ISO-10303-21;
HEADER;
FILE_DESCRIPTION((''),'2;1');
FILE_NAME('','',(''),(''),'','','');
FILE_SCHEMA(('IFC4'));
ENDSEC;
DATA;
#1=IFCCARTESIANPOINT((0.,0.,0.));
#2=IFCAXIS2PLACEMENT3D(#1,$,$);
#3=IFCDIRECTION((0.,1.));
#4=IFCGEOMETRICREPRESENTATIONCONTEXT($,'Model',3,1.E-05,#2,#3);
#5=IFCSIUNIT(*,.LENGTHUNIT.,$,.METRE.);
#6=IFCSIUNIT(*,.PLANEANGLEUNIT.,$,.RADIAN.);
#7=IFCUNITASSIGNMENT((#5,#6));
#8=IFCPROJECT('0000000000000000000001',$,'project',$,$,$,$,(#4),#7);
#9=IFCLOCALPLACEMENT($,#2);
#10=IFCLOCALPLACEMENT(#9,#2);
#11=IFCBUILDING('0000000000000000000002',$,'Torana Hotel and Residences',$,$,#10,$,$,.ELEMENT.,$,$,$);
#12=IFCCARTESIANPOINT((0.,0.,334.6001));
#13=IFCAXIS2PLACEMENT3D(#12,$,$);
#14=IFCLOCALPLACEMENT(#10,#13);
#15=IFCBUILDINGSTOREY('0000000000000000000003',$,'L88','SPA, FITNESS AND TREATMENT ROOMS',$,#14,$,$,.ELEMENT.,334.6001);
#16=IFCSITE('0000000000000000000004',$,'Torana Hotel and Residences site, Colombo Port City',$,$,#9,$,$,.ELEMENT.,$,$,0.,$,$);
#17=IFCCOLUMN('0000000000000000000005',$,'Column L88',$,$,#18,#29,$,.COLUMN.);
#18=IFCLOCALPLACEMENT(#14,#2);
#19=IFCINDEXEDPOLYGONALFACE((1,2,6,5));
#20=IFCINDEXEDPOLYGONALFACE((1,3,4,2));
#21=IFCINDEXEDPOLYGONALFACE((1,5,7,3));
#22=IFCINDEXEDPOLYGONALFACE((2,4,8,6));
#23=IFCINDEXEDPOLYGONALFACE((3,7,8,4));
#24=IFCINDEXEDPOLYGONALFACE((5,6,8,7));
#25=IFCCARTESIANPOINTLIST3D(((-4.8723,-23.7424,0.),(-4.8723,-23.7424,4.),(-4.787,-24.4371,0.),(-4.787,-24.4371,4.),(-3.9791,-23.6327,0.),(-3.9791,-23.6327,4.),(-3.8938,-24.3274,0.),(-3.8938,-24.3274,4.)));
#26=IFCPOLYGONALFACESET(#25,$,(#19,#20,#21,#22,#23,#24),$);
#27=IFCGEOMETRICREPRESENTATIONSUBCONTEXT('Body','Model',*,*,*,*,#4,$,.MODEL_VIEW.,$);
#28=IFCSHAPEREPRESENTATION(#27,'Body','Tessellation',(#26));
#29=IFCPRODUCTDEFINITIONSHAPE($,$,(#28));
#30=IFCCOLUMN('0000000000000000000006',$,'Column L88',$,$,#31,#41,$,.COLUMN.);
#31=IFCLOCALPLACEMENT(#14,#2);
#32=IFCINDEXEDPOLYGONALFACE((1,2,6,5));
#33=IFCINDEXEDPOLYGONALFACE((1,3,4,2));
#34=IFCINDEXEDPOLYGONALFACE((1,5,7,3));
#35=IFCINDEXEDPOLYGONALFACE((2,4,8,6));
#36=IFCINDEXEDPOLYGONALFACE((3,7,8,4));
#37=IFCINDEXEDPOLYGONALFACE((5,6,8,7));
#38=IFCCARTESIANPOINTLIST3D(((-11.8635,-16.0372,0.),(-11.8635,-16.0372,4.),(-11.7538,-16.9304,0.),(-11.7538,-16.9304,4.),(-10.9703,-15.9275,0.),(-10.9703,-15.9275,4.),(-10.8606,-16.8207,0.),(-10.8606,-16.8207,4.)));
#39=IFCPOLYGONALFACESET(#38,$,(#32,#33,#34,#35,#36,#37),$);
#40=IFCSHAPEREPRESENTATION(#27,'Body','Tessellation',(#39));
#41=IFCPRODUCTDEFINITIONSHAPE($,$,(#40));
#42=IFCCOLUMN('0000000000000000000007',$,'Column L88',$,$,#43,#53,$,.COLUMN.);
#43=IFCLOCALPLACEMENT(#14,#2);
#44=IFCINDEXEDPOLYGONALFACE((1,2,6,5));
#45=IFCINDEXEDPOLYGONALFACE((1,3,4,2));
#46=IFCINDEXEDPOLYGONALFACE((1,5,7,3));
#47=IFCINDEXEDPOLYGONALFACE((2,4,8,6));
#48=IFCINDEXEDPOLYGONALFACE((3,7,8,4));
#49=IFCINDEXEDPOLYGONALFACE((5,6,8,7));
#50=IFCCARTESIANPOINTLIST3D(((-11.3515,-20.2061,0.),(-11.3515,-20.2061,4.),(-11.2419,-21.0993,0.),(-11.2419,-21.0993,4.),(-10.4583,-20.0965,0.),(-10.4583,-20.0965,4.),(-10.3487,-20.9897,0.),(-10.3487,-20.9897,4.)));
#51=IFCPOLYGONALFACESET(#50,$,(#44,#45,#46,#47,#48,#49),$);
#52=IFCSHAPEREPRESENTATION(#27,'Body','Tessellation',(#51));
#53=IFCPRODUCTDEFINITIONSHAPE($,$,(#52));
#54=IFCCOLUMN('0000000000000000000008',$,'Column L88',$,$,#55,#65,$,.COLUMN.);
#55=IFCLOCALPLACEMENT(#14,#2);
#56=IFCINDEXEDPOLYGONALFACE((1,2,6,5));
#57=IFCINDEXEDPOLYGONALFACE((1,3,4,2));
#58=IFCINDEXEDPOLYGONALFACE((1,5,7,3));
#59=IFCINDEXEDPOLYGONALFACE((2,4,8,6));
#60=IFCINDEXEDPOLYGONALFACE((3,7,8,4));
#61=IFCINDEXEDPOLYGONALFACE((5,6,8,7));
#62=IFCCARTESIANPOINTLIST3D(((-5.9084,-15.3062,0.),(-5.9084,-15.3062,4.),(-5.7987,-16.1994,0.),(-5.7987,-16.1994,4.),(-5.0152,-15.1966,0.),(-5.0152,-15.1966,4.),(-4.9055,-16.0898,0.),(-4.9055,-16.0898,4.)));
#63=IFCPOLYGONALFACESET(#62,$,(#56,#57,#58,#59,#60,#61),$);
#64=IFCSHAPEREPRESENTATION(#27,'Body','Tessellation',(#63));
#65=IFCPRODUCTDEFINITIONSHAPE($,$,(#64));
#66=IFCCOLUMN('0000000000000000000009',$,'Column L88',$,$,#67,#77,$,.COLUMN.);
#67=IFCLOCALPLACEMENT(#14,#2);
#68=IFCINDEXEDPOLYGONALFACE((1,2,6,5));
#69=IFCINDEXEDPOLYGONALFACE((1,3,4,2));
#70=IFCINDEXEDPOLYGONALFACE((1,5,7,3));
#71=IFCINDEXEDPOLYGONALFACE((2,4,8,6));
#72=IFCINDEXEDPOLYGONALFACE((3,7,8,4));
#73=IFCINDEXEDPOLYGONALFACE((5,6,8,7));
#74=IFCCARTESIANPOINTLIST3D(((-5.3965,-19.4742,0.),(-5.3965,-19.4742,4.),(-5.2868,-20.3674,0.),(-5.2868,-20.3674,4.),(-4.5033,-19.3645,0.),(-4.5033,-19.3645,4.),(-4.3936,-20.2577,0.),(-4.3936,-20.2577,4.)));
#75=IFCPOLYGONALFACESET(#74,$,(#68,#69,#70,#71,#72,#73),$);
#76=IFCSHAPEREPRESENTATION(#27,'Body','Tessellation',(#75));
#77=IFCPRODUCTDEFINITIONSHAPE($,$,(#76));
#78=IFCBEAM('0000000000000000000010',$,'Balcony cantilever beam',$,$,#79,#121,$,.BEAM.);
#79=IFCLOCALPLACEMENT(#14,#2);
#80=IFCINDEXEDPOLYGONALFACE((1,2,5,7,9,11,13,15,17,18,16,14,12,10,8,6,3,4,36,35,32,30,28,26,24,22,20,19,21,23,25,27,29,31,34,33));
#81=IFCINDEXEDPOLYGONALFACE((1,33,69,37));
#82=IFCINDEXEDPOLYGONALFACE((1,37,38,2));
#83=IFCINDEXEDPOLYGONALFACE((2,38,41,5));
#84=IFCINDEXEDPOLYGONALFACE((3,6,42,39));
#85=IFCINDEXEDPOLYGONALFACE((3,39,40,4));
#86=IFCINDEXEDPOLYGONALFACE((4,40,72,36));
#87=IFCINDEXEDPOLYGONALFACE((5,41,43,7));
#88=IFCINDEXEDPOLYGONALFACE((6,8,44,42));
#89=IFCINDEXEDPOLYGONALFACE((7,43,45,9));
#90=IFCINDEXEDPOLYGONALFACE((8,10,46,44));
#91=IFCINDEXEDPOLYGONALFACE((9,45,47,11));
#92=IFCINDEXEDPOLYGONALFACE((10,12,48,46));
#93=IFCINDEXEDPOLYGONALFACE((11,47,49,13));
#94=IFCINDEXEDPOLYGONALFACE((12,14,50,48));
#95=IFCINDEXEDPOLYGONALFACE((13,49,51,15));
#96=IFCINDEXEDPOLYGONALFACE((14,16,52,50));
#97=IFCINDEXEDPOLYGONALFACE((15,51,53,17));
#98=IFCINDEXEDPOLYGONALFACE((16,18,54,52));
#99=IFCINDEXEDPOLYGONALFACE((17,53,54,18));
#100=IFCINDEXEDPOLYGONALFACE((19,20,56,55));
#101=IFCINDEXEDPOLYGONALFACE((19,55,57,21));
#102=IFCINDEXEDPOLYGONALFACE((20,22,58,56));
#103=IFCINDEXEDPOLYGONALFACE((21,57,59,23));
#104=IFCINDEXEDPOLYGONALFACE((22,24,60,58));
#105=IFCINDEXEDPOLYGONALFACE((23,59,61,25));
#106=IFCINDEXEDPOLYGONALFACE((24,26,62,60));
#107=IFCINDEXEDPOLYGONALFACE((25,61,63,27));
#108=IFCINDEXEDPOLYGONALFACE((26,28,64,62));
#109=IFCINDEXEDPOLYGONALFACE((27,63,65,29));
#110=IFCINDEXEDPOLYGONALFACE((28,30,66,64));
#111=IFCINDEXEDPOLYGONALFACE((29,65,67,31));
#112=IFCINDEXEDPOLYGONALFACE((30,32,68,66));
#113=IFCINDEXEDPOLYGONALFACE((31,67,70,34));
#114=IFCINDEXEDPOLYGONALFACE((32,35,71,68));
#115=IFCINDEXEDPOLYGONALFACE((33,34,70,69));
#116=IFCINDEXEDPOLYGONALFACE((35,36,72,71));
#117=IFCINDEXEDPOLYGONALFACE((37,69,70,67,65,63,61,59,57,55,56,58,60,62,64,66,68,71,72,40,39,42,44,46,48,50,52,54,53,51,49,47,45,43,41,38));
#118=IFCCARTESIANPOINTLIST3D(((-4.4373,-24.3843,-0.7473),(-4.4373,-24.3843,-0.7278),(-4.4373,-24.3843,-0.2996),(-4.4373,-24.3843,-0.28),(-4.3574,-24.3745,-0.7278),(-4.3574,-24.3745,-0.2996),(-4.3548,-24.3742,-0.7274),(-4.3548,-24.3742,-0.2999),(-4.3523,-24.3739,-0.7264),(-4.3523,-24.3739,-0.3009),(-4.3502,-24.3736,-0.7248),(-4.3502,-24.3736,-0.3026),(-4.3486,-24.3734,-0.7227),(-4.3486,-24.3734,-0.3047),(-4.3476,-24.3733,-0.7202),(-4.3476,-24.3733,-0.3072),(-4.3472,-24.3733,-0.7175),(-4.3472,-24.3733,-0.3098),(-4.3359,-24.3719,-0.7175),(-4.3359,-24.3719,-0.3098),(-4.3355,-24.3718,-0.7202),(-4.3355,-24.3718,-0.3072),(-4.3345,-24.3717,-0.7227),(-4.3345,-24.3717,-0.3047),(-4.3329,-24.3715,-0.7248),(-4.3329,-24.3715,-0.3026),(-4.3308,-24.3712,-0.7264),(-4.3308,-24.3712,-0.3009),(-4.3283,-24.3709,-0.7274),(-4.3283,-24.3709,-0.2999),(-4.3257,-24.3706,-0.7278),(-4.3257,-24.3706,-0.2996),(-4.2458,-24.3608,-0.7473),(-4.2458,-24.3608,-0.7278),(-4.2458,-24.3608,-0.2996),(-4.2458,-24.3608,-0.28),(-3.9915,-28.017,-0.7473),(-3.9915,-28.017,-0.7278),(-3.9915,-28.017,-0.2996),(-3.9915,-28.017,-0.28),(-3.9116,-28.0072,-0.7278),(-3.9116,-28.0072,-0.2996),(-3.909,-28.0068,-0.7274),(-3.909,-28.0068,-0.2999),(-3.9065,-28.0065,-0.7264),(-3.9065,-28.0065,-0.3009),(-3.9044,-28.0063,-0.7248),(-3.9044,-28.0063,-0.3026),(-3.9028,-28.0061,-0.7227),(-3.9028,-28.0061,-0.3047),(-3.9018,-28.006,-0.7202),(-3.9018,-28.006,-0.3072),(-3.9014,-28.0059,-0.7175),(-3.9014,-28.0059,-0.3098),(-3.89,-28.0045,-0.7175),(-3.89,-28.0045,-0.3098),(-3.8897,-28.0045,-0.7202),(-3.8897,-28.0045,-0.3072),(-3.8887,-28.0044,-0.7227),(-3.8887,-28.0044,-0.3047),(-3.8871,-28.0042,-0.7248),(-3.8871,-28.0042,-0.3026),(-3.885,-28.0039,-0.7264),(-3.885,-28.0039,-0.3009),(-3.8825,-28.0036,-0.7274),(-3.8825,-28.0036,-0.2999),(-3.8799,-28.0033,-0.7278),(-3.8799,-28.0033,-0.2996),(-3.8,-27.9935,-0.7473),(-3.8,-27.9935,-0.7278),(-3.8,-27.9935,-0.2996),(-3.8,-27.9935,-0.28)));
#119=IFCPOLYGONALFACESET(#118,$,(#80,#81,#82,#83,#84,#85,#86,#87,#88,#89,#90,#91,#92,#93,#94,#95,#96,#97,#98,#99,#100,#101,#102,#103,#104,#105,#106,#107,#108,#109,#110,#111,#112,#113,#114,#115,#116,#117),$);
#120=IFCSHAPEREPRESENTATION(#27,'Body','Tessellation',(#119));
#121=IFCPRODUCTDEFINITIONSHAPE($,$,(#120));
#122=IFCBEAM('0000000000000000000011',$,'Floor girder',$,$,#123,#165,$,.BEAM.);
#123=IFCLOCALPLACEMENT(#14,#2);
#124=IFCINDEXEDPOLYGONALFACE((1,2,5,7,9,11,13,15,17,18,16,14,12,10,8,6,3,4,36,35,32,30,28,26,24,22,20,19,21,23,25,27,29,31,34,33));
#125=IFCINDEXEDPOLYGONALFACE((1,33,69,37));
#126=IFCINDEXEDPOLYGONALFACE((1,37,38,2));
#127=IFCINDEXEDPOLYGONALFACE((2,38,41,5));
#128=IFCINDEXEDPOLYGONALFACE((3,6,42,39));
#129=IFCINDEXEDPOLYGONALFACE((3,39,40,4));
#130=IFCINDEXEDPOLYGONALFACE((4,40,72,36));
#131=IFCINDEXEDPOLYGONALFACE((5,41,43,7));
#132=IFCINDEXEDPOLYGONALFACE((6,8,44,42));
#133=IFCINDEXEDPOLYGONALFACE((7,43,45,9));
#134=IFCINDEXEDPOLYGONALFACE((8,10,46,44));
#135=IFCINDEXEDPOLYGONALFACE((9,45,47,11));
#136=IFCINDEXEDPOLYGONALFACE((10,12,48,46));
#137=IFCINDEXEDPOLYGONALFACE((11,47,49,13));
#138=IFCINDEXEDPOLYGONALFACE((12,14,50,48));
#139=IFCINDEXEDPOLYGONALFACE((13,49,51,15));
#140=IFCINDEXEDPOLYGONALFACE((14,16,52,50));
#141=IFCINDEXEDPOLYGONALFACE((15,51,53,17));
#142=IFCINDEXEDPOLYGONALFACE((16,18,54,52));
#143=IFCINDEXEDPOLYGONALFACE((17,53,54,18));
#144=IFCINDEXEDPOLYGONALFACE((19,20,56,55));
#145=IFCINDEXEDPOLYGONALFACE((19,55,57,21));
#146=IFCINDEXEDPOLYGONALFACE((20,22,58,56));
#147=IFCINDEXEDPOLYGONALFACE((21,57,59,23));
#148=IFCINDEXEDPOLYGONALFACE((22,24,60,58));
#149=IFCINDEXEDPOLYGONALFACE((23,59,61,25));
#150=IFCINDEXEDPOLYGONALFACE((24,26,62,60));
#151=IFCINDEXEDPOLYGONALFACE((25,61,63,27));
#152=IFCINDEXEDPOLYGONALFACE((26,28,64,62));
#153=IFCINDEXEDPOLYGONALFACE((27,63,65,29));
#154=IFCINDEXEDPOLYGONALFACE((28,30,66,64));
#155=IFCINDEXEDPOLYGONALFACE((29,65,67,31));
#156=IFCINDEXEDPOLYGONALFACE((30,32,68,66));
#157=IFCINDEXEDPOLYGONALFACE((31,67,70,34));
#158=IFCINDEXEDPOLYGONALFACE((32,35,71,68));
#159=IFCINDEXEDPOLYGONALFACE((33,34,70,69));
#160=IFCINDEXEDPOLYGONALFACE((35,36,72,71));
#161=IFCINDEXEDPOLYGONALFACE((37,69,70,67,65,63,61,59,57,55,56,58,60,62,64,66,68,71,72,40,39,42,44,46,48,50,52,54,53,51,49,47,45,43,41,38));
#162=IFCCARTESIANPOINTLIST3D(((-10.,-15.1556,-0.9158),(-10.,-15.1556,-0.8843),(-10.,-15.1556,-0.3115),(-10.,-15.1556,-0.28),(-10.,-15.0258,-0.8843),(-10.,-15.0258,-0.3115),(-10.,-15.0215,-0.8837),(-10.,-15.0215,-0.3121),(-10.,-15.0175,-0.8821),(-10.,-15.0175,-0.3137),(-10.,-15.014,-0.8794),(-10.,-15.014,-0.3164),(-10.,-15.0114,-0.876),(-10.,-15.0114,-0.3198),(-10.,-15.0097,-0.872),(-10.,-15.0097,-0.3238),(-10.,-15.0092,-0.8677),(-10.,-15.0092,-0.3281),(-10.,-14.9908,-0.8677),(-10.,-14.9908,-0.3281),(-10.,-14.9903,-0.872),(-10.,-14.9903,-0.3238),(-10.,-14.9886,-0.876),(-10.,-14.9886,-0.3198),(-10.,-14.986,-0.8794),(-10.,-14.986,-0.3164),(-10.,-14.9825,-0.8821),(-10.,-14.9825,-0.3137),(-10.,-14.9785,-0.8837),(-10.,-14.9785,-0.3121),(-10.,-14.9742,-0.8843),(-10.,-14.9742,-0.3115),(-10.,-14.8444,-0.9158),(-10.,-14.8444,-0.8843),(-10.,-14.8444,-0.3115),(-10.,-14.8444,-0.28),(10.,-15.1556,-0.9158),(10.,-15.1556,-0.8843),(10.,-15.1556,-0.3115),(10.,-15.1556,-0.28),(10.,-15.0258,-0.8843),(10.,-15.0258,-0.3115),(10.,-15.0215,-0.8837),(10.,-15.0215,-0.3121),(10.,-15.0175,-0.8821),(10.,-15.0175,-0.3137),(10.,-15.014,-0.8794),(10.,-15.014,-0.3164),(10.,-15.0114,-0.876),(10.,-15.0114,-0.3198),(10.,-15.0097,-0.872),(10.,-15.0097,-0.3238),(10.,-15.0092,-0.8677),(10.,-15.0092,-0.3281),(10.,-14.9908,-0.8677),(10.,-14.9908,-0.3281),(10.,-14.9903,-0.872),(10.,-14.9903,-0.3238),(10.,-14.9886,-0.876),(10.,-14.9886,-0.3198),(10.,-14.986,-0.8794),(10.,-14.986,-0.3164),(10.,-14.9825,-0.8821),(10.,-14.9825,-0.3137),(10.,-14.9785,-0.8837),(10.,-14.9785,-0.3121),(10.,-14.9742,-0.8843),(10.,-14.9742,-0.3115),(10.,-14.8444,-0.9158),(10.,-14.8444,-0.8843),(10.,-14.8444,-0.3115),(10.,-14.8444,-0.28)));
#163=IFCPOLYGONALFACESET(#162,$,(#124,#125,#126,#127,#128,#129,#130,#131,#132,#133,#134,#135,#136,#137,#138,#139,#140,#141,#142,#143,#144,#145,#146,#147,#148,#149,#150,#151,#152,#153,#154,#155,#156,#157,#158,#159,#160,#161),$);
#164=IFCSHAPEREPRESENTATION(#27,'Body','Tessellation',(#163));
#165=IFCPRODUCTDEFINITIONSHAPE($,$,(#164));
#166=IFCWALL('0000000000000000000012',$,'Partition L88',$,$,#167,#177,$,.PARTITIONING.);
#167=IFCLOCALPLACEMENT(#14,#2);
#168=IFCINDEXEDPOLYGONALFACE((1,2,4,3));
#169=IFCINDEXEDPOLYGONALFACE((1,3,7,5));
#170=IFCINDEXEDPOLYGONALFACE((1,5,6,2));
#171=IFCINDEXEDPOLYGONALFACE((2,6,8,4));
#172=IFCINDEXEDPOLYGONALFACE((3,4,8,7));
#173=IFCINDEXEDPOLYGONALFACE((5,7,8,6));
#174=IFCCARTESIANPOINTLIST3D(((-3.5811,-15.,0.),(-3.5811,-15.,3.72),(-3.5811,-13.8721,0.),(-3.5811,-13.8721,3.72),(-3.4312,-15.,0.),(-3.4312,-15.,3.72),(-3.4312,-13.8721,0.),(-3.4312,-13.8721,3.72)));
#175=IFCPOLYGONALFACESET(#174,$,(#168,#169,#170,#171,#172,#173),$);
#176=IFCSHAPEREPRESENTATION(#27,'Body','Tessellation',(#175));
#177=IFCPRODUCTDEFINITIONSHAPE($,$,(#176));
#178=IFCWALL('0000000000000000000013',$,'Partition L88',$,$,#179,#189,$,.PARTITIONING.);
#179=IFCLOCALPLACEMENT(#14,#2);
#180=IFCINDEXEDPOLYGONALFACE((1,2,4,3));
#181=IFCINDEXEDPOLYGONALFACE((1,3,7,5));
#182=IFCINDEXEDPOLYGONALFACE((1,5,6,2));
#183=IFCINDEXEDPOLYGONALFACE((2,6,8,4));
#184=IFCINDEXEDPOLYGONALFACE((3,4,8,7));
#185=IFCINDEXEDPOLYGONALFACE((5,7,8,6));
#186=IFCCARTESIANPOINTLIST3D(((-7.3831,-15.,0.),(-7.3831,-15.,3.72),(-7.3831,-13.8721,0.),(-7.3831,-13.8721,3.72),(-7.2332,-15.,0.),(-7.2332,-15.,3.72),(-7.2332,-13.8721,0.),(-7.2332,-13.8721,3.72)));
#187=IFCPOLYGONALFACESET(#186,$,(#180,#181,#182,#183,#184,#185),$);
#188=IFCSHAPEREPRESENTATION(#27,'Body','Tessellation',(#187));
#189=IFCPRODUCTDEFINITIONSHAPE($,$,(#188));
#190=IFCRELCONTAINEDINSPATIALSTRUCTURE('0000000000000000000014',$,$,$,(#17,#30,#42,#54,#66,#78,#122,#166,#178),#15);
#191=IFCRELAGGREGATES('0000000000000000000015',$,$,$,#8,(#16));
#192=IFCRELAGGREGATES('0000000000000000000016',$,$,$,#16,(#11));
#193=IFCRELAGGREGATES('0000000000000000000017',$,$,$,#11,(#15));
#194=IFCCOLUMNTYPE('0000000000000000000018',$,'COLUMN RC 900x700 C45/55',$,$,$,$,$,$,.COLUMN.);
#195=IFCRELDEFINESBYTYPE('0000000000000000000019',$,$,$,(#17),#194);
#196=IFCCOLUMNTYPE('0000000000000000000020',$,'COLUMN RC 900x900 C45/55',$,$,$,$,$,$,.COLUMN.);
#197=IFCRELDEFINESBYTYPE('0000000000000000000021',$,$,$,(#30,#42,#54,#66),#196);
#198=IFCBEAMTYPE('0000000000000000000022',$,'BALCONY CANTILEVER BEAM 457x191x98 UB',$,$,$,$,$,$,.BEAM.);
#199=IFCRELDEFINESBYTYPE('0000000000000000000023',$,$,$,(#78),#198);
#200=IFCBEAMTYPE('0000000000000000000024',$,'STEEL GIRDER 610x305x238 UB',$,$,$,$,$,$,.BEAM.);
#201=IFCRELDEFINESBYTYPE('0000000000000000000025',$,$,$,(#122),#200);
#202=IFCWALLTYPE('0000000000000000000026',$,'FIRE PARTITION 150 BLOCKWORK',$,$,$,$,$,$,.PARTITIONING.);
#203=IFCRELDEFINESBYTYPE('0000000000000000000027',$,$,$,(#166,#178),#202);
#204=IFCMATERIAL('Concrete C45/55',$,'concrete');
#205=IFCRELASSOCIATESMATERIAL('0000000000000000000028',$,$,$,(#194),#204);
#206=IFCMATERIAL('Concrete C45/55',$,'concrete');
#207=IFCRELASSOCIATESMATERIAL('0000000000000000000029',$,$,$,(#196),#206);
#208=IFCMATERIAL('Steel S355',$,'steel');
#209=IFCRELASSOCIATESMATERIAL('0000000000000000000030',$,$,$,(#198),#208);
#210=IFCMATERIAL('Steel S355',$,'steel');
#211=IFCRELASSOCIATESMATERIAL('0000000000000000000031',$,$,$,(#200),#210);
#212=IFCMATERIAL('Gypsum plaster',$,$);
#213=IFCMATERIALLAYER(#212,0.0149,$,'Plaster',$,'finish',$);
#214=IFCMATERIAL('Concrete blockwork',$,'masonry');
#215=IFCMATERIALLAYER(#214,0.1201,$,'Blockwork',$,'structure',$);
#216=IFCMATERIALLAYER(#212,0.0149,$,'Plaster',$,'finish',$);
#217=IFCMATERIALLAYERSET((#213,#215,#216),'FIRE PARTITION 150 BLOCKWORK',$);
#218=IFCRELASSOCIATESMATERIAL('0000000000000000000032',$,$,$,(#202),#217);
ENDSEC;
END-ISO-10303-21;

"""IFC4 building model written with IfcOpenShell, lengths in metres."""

from ifc_helpers import new_model, si_unit, direction, frame, frame_2d, origin, origin_2d, place, context, subcontext, project, spatial, rectangle, i_section, extrude, material, layer, layer_set, material_profile, profile_set, type_object, element, save


model = new_model("IFC4")

# Units and contexts
model_context = context("Model", 3, precision=1e-05, world=origin(), true_north=direction((0.0, 1.0)))
body_context = subcontext(model_context, "Body", "Model", "MODEL_VIEW")
ifc_project = project(units=[si_unit("LENGTHUNIT", "METRE"), si_unit("PLANEANGLEUNIT", "RADIAN")], contexts=[model_context])

# Site, building, storey
site_placement = place(None, origin())
site = spatial("IfcSite", under=ifc_project, at=site_placement, Name="Torana Hotel and Residences site, Colombo Port City", CompositionType="ELEMENT", RefElevation=0.0)
building_placement = place(site_placement, origin())
building = spatial("IfcBuilding", under=site, at=building_placement, Name="Torana Hotel and Residences", CompositionType="ELEMENT")
storey_placement = place(building_placement, frame((0.0, 0.0, 334.6001)))
storey = spatial("IfcBuildingStorey", under=building, at=storey_placement, Name="L88", Description="SPA, FITNESS AND TREATMENT ROOMS", CompositionType="ELEMENT", Elevation=334.6001)

# Columns
ifc_material_1 = material(Name="Concrete C45/55", Category="concrete")
ifc_material_profile_1 = material_profile(ifc_material_1, rectangle(XDim=0.8999, YDim=0.7, at=origin_2d()), Name="RC 900x700")
ifc_profile_set_1 = profile_set([ifc_material_profile_1], Name="Concrete C45/55")
column_type_1 = type_object("IfcColumnType", Name="COLUMN RC 900x700 C45/55", PredefinedType="COLUMN", material=ifc_profile_set_1)
column_placement = place(storey_placement, frame((-4.3831, -24.0349, 0.0), z_axis=(0.0, 0.0, 1.0), x_axis=(0.992546, 0.121869, 0.0)))
element("IfcColumn", 1, at=column_placement, inside=storey, type_object=column_type_1, Name="Column L88", PredefinedType="COLUMN", context=body_context, shape_type="SweptSolid", body=[
    extrude(rectangle(XDim=0.8999, YDim=0.7, at=origin_2d()), origin(), (0.0, 0.0, 1.0), 4.0),
])
ifc_material_2 = material(Name="Concrete C45/55", Category="concrete")
ifc_material_profile_2 = material_profile(ifc_material_2, rectangle(XDim=0.8999, YDim=0.8999, at=origin_2d()), Name="RC 900x900")
ifc_profile_set_2 = profile_set([ifc_material_profile_2], Name="Concrete C45/55")
column_type_2 = type_object("IfcColumnType", Name="COLUMN RC 900x900 C45/55", PredefinedType="COLUMN", material=ifc_profile_set_2)
for number, where, z_axis, x_axis, name in (
    (2, (-11.3621, -16.429, 0.0), (0.0, 0.0, 1.0), (0.992546, 0.121869, 0.0), "Column L88"),
    (3, (-10.8501, -20.5979, 0.0), (0.0, 0.0, 1.0), (0.992546, 0.121869, 0.0), "Column L88"),
    (4, (-5.407, -15.698, 0.0), (0.0, 0.0, 1.0), (0.992546, 0.121869, 0.0), "Column L88"),
    (5, (-4.895, -19.866, 0.0), (0.0, 0.0, 1.0), (0.992546, 0.121869, 0.0), "Column L88"),
):
    element("IfcColumn", number, at=place(storey_placement, frame(where, z_axis=z_axis, x_axis=x_axis)), inside=storey, type_object=column_type_2, Name=name, PredefinedType="COLUMN", context=body_context, shape_type="SweptSolid", body=[
        extrude(rectangle(XDim=0.8999, YDim=0.8999, at=origin_2d()), origin(), (0.0, 0.0, 1.0), 4.0),
    ])

# Beams
ifc_material_3 = material(Name="Steel S355", Category="steel")
ifc_material_profile_3 = material_profile(ifc_material_3, i_section(OverallWidth=0.1929, OverallDepth=0.4673, WebThickness=0.0115, FlangeThickness=0.0195, FilletRadius=0.0103, at=origin_2d()), Name="457x191x98 UB")
ifc_profile_set_3 = profile_set([ifc_material_profile_3], Name="Steel S355")
beam_type_1 = type_object("IfcBeamType", Name="BALCONY CANTILEVER BEAM 457x191x98 UB", PredefinedType="BEAM", material=ifc_profile_set_3)
beam_1_placement = place(storey_placement, frame((-4.3416, -24.3726, -0.5137), z_axis=(0.121809, -0.992554, 0.0), x_axis=(0.992554, 0.121809, 0.0)))
element("IfcBeam", 6, at=beam_1_placement, inside=storey, type_object=beam_type_1, Name="Balcony cantilever beam", PredefinedType="BEAM", context=body_context, shape_type="SweptSolid", body=[
    extrude(i_section(OverallWidth=0.1929, OverallDepth=0.4673, WebThickness=0.0115, FlangeThickness=0.0195, FilletRadius=0.0103, at=origin_2d()), origin(), (0.0, 0.0, 1.0), 3.6599),
])
ifc_material_4 = material(Name="Steel S355", Category="steel")
ifc_material_profile_4 = material_profile(ifc_material_4, i_section(OverallWidth=0.3113, OverallDepth=0.6357, WebThickness=0.0183, FlangeThickness=0.0315, FilletRadius=0.0166, at=origin_2d()), Name="610x305x238 UB")
ifc_profile_set_4 = profile_set([ifc_material_profile_4], Name="Steel S355")
beam_type_2 = type_object("IfcBeamType", Name="STEEL GIRDER 610x305x238 UB", PredefinedType="BEAM", material=ifc_profile_set_4)
beam_2_placement = place(storey_placement, frame((-10.0, -15.0, -0.5979), z_axis=(1.0, 0.0, 0.0), x_axis=(0.0, 1.0, 0.0)))
element("IfcBeam", 7, at=beam_2_placement, inside=storey, type_object=beam_type_2, Name="Floor girder", PredefinedType="BEAM", context=body_context, shape_type="SweptSolid", body=[
    extrude(i_section(OverallWidth=0.3113, OverallDepth=0.6357, WebThickness=0.0183, FlangeThickness=0.0315, FilletRadius=0.0166, at=origin_2d()), origin(), (0.0, 0.0, 1.0), 20.0),
])

# Walls
ifc_material_5 = material(Name="Gypsum plaster")
ifc_layer_1 = layer(ifc_material_5, 0.0149, Name="Plaster", Category="finish")
ifc_material_6 = material(Name="Concrete blockwork", Category="masonry")
ifc_layer_2 = layer(ifc_material_6, 0.1201, Name="Blockwork", Category="structure")
ifc_layer_3 = layer(ifc_material_5, 0.0149, Name="Plaster", Category="finish")
ifc_layer_set = layer_set([ifc_layer_1, ifc_layer_2, ifc_layer_3], Name="FIRE PARTITION 150 BLOCKWORK")
wall_type = type_object("IfcWallType", Name="FIRE PARTITION 150 BLOCKWORK", PredefinedType="PARTITIONING", material=ifc_layer_set)
for number, where, z_axis, x_axis, name in (
    (8, (-3.5061, -15.0, 0.0), (0.0, 0.0, 1.0), (0.0, 1.0, 0.0), "Partition L88"),
    (9, (-7.3081, -15.0, 0.0), (0.0, 0.0, 1.0), (0.0, 1.0, 0.0), "Partition L88"),
):
    element("IfcWall", number, at=place(storey_placement, frame(where, z_axis=z_axis, x_axis=x_axis)), inside=storey, type_object=wall_type, Name=name, PredefinedType="PARTITIONING", context=body_context, shape_type="SweptSolid", body=[
        extrude(rectangle(XDim=1.1279, YDim=0.1499, at=frame_2d((0.564, 0.0))), origin(), (0.0, 0.0, 1.0), 3.72),
    ])

save(model, "model.ifc")
